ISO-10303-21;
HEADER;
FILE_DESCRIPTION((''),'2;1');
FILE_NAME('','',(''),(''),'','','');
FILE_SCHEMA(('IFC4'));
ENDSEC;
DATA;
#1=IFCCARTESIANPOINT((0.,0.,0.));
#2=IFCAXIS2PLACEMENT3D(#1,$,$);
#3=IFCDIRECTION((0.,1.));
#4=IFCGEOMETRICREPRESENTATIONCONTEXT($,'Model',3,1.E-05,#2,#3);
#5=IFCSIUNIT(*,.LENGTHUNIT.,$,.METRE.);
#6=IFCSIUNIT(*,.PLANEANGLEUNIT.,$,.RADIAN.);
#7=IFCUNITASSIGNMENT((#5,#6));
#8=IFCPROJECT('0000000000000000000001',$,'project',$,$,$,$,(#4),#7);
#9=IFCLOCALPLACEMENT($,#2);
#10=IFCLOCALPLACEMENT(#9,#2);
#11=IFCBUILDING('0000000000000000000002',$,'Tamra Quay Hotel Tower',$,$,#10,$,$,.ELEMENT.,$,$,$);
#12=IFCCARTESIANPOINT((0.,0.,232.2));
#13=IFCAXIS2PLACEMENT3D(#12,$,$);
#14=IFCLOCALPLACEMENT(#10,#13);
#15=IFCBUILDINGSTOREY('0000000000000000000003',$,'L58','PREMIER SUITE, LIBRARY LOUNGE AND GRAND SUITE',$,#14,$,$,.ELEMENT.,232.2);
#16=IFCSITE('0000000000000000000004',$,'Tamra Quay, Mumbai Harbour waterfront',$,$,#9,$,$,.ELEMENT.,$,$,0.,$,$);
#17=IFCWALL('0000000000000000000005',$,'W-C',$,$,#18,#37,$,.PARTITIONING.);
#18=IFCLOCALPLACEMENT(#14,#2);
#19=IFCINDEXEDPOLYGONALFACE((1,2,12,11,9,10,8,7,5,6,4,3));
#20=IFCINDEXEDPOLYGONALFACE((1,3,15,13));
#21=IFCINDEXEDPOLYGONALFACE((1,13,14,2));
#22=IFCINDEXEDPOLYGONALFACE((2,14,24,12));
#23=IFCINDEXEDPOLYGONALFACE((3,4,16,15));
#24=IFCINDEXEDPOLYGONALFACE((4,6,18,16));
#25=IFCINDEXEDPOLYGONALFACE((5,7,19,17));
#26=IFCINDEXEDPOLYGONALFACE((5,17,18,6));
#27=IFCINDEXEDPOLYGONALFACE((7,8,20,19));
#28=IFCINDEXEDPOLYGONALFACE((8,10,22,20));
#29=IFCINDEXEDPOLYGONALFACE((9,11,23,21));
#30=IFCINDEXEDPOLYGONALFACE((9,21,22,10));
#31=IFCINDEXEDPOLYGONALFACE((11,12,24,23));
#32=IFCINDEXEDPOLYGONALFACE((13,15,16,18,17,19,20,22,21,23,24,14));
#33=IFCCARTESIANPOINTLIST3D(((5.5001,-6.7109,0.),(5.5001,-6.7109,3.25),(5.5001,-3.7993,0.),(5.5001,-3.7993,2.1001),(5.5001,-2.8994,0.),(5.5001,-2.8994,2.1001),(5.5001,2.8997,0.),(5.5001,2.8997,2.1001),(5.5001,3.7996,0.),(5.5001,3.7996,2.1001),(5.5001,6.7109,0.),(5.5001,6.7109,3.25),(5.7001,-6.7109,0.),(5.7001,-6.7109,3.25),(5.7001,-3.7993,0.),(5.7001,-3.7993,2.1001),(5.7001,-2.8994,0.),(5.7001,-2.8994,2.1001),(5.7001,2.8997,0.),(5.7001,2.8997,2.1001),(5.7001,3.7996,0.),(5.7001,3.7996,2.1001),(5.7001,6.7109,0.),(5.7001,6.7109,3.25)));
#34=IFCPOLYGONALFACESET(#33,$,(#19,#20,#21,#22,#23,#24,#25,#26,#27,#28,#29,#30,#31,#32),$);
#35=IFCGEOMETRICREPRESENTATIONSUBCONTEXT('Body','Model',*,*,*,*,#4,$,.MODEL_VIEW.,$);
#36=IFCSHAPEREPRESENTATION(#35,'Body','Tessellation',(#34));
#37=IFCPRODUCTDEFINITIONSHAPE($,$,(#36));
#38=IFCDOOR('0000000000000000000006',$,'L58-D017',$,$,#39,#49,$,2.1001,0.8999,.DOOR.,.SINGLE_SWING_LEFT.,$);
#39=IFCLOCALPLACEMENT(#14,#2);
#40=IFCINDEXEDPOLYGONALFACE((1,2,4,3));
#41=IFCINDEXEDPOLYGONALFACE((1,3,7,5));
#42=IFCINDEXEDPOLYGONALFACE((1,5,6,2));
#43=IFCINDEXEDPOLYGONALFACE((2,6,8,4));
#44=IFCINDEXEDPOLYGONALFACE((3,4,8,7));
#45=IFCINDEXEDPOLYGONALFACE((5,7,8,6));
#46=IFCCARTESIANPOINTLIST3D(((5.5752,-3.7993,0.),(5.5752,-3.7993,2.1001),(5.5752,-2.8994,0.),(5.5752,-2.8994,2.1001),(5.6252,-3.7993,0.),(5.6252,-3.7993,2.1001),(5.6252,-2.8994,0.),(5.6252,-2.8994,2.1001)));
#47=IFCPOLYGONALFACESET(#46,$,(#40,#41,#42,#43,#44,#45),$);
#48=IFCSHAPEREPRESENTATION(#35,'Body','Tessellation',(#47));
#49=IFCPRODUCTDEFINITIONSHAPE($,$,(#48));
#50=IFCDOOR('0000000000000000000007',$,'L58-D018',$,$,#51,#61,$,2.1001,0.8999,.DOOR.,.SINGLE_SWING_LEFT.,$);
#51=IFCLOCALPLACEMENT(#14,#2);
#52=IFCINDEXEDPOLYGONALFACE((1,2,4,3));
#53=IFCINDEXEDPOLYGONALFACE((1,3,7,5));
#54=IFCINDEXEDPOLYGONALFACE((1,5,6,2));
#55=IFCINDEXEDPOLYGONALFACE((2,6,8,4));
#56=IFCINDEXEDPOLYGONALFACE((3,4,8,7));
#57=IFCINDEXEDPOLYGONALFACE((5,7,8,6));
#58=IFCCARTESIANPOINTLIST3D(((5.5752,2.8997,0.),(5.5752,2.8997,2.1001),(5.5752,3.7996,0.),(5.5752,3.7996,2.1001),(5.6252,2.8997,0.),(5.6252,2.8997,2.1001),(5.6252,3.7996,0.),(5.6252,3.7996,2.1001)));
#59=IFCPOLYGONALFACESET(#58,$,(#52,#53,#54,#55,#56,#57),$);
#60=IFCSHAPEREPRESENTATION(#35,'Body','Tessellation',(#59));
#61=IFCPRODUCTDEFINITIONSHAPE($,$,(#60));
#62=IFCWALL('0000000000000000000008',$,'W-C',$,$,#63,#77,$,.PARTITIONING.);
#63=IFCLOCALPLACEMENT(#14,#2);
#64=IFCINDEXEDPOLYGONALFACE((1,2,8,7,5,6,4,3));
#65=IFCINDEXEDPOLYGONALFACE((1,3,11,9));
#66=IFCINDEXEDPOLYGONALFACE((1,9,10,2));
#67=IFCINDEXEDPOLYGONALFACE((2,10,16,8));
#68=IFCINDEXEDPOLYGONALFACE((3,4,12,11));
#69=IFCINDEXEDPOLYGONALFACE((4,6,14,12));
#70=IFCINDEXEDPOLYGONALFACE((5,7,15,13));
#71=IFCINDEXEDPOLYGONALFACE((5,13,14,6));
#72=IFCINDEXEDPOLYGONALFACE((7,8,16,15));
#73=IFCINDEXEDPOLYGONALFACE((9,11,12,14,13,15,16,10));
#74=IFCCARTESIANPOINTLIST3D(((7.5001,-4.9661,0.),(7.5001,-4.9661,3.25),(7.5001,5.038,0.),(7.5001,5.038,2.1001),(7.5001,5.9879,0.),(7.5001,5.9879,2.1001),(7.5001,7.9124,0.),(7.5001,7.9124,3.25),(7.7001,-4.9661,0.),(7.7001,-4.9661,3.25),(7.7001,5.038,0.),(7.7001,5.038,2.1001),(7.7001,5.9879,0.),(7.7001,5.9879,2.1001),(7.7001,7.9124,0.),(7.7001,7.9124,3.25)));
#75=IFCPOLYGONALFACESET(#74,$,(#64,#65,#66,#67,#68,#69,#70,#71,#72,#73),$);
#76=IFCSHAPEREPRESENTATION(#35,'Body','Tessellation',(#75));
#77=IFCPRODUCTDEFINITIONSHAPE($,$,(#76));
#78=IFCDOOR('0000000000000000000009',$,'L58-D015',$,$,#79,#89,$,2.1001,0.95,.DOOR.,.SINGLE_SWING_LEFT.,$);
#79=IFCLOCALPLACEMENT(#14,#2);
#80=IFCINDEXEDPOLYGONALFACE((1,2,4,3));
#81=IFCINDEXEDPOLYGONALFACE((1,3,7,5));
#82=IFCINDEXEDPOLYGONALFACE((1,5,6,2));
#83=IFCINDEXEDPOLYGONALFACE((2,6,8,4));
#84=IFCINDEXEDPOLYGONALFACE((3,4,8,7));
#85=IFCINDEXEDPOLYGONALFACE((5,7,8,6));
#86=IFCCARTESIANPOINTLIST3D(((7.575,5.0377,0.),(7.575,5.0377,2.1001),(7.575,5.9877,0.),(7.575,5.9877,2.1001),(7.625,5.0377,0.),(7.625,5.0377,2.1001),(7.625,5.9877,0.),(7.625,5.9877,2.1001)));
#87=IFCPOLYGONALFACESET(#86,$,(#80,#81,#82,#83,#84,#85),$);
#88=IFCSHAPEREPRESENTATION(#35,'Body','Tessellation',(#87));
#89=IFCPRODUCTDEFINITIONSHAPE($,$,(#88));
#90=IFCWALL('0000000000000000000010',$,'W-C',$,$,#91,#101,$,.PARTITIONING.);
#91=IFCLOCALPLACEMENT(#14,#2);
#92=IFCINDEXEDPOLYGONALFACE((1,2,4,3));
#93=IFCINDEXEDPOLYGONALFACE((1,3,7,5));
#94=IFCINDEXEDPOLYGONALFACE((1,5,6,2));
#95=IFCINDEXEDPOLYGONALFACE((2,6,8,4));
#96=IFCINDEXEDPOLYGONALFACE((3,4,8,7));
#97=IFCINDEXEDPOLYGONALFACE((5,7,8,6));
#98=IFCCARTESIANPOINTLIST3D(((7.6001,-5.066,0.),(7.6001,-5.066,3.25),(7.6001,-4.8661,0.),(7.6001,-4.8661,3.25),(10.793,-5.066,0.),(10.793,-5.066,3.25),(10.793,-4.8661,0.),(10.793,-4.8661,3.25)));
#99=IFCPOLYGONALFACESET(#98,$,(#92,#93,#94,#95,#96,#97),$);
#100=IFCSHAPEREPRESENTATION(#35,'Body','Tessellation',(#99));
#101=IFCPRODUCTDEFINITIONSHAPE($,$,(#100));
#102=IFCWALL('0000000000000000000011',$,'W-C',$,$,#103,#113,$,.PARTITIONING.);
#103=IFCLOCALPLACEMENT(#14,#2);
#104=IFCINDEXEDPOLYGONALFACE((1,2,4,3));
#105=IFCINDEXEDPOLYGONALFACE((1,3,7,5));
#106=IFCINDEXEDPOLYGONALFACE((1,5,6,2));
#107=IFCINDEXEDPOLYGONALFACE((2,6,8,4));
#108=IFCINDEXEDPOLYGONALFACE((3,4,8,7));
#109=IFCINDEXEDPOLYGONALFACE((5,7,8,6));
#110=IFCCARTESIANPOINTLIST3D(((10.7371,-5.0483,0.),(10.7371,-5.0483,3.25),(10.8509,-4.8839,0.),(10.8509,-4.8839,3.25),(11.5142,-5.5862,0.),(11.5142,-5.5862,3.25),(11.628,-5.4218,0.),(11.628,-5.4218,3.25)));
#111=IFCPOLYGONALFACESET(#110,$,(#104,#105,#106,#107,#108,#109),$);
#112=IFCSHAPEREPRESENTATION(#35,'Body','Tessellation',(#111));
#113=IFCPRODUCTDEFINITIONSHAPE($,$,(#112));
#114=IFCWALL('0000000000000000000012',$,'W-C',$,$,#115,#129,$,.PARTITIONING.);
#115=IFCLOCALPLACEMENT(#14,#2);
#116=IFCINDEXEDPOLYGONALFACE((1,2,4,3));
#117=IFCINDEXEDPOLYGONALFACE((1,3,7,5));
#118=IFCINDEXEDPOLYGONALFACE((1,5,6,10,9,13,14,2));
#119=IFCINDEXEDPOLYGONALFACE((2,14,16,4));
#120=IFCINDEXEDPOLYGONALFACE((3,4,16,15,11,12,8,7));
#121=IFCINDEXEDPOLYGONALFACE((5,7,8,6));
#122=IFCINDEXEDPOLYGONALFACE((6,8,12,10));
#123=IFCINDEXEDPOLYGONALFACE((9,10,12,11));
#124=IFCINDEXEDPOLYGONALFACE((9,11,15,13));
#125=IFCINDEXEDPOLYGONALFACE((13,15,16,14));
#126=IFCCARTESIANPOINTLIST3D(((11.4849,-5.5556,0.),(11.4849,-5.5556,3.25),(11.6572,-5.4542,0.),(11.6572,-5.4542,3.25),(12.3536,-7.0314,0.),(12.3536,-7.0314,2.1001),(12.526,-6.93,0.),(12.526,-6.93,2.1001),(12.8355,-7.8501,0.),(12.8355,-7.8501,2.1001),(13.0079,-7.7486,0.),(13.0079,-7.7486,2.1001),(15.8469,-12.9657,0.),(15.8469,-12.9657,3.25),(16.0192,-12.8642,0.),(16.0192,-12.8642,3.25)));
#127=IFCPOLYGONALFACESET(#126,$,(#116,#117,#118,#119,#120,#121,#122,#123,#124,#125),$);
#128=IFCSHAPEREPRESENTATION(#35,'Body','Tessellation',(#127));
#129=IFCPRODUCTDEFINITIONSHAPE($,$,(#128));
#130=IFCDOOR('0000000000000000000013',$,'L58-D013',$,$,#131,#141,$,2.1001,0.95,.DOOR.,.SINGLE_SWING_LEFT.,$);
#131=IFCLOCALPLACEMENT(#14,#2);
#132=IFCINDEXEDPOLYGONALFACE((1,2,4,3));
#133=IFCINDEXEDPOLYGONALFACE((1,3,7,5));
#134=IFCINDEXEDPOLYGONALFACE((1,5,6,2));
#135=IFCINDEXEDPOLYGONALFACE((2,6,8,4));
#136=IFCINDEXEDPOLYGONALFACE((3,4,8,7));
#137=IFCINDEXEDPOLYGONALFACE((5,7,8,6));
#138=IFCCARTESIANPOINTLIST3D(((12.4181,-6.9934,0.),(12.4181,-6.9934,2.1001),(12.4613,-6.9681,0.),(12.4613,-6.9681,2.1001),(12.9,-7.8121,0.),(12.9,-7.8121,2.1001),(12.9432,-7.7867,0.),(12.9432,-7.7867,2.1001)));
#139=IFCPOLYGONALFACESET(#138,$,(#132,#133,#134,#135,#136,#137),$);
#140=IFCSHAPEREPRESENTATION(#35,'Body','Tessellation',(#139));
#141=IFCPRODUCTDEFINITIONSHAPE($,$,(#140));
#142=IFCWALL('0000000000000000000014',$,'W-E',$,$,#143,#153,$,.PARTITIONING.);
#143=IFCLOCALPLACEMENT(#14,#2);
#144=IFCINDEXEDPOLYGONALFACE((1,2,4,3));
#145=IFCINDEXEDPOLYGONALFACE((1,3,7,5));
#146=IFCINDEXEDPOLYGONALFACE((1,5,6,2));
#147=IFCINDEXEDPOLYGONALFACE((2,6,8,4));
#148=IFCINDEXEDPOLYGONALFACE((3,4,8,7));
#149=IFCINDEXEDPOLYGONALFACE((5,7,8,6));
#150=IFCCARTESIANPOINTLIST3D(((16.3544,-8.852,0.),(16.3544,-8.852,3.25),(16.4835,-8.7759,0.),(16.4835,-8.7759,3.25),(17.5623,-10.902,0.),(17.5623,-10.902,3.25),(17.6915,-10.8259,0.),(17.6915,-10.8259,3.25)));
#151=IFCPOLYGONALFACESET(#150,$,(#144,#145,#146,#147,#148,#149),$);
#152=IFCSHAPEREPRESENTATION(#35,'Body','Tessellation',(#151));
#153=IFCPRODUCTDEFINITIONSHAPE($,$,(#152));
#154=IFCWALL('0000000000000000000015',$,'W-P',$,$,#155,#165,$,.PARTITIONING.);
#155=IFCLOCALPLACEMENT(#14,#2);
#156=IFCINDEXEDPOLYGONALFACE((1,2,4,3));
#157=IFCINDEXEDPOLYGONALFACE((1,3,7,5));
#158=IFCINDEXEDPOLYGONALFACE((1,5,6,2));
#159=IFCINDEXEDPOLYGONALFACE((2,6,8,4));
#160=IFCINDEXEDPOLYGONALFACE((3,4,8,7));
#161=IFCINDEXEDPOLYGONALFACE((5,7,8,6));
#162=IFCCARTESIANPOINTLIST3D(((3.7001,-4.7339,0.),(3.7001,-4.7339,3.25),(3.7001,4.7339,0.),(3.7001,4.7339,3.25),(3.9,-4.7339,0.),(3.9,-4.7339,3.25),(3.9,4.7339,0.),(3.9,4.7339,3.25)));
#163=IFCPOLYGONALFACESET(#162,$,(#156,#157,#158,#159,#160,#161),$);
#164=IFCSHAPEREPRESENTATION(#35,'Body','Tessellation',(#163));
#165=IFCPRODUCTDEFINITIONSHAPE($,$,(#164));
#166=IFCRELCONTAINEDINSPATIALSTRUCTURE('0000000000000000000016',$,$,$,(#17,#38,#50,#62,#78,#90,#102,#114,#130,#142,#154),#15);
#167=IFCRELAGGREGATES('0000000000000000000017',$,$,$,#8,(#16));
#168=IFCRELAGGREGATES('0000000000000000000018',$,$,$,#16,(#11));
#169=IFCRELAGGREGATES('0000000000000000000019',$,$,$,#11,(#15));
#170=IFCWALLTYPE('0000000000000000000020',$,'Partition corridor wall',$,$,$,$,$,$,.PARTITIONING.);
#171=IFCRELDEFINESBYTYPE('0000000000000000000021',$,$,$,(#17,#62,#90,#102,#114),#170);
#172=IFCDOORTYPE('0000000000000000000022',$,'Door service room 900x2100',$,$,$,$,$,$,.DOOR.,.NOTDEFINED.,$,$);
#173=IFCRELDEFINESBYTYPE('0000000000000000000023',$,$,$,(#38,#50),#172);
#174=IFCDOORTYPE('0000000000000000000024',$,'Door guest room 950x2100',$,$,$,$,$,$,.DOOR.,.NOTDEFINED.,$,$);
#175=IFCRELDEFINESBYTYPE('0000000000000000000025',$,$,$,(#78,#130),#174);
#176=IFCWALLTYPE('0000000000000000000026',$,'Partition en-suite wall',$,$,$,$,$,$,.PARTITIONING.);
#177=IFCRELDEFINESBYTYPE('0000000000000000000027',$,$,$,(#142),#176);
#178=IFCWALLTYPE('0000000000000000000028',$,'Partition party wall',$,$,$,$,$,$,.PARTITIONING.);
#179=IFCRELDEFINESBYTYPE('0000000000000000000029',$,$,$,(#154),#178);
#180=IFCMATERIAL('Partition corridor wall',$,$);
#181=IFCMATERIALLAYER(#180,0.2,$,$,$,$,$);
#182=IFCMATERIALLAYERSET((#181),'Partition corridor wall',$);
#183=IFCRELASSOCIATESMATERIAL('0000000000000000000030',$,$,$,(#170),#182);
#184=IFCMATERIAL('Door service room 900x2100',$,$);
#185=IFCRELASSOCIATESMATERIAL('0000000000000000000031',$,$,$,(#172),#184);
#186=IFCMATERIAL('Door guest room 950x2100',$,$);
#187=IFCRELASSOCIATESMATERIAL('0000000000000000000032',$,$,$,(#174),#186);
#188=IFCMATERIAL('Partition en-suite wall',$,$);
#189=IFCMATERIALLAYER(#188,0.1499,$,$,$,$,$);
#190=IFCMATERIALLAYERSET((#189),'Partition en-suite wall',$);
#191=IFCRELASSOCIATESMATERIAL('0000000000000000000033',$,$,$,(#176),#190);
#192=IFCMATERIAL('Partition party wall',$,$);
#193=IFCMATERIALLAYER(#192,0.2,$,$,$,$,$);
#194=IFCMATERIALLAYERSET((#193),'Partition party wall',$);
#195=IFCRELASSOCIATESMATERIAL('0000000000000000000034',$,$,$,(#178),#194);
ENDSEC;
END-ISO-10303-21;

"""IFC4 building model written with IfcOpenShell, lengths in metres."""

from ifc_helpers import new_model, si_unit, direction, frame, frame_2d, origin, place, context, subcontext, project, spatial, rectangle, extrude, material, layer, layer_set, type_object, element, fill, save


model = new_model("IFC4")

# Units and contexts
model_context = context("Model", 3, precision=1e-05, world=origin(), true_north=direction((0.0, 1.0)))
body_context = subcontext(model_context, "Body", "Model", "MODEL_VIEW")
ifc_project = project(units=[si_unit("LENGTHUNIT", "METRE"), si_unit("PLANEANGLEUNIT", "RADIAN")], contexts=[model_context])

# Site, building, storey
site_placement = place(None, origin())
site = spatial("IfcSite", under=ifc_project, at=site_placement, Name="Tamra Quay, Mumbai Harbour waterfront", CompositionType="ELEMENT", RefElevation=0.0)
building_placement = place(site_placement, origin())
building = spatial("IfcBuilding", under=site, at=building_placement, Name="Tamra Quay Hotel Tower", CompositionType="ELEMENT")
storey_placement = place(building_placement, frame((0.0, 0.0, 232.2)))
storey = spatial("IfcBuildingStorey", under=building, at=storey_placement, Name="L58", Description="PREMIER SUITE, LIBRARY LOUNGE AND GRAND SUITE", CompositionType="ELEMENT", Elevation=232.2)

# Shared definitions
ifc_material_1 = material(Name="Partition corridor wall")
ifc_layer_1 = layer(ifc_material_1, 0.2)
ifc_layer_set_1 = layer_set([ifc_layer_1], Name="Partition corridor wall")
wall_type_1 = type_object("IfcWallType", Name="Partition corridor wall", PredefinedType="PARTITIONING", material=ifc_layer_set_1)

# Wall, openings, doors
wall_1_placement = place(storey_placement, frame((5.6001, -6.7109, 0.0), z_axis=(0.0, 0.0, 1.0), x_axis=(0.0, 1.0, 0.0)))
wall_1 = element("IfcWall", 1, at=wall_1_placement, inside=storey, type_object=wall_type_1, Name="W-C", PredefinedType="PARTITIONING", context=body_context, shape_type="SweptSolid", body=[
    extrude(rectangle(XDim=13.4219, YDim=0.2, at=frame_2d((6.7109, 0.0))), origin(), (0.0, 0.0, 1.0), 3.25),
])
opening_1_placement = place(wall_1_placement, frame((2.9116, 0.0, 0.0)))
opening_1 = element("IfcOpeningElement", 2, at=opening_1_placement, cuts=wall_1, PredefinedType="OPENING", context=body_context, shape_type="SweptSolid", body=[
    extrude(rectangle(XDim=0.8999, YDim=2.1001, at=frame_2d((0.45, 1.05))), frame((0.0, 0.1099, 0.0), z_axis=(0.0, -1.0, 0.0), x_axis=(1.0, 0.0, 0.0)), (0.0, 0.0, 1.0), 0.22),
])
opening_2_placement = place(wall_1_placement, frame((9.6106, 0.0, 0.0)))
opening_2 = element("IfcOpeningElement", 3, at=opening_2_placement, cuts=wall_1, PredefinedType="OPENING", context=body_context, shape_type="SweptSolid", body=[
    extrude(rectangle(XDim=0.8999, YDim=2.1001, at=frame_2d((0.45, 1.05))), frame((0.0, 0.1099, 0.0), z_axis=(0.0, -1.0, 0.0), x_axis=(1.0, 0.0, 0.0)), (0.0, 0.0, 1.0), 0.22),
])
ifc_material_2 = material(Name="Door service room 900x2100")
door_type_1 = type_object("IfcDoorType", Name="Door service room 900x2100", OperationType="NOTDEFINED", PredefinedType="DOOR", material=ifc_material_2)
door_1_placement = place(opening_1_placement, origin())
door_1 = element("IfcDoor", 4, at=door_1_placement, inside=storey, type_object=door_type_1, Name="L58-D017", OperationType="SINGLE_SWING_LEFT", OverallHeight=2.1001, OverallWidth=0.8999, PredefinedType="DOOR", context=body_context, shape_type="SweptSolid", body=[
    extrude(rectangle(XDim=0.8999, YDim=2.1001, at=frame_2d((0.45, 1.05))), frame((0.0, 0.0249, 0.0), z_axis=(0.0, -1.0, 0.0), x_axis=(1.0, 0.0, 0.0)), (0.0, 0.0, 1.0), 0.05),
])
fill(opening_1, door_1)
door_2_placement = place(opening_2_placement, origin())
door_2 = element("IfcDoor", 5, at=door_2_placement, inside=storey, type_object=door_type_1, Name="L58-D018", OperationType="SINGLE_SWING_LEFT", OverallHeight=2.1001, OverallWidth=0.8999, PredefinedType="DOOR", context=body_context, shape_type="SweptSolid", body=[
    extrude(rectangle(XDim=0.8999, YDim=2.1001, at=frame_2d((0.45, 1.05))), frame((0.0, 0.0249, 0.0), z_axis=(0.0, -1.0, 0.0), x_axis=(1.0, 0.0, 0.0)), (0.0, 0.0, 1.0), 0.05),
])
fill(opening_2, door_2)

# Wall, opening, door
wall_2_placement = place(storey_placement, frame((7.6001, -4.9661, 0.0), z_axis=(0.0, 0.0, 1.0), x_axis=(0.0, 1.0, 0.0)))
wall_2 = element("IfcWall", 6, at=wall_2_placement, inside=storey, type_object=wall_type_1, Name="W-C", PredefinedType="PARTITIONING", context=body_context, shape_type="SweptSolid", body=[
    extrude(rectangle(XDim=12.8784, YDim=0.2, at=frame_2d((6.4392, 0.0))), origin(), (0.0, 0.0, 1.0), 3.25),
])
opening_3_placement = place(wall_2_placement, frame((10.0039, 0.0, 0.0)))
opening_3 = element("IfcOpeningElement", 7, at=opening_3_placement, cuts=wall_2, PredefinedType="OPENING", context=body_context, shape_type="SweptSolid", body=[
    extrude(rectangle(XDim=0.95, YDim=2.1001, at=frame_2d((0.4751, 1.05))), frame((0.0, 0.1099, 0.0), z_axis=(0.0, -1.0, 0.0), x_axis=(1.0, 0.0, 0.0)), (0.0, 0.0, 1.0), 0.22),
])
ifc_material_3 = material(Name="Door guest room 950x2100")
door_type_2 = type_object("IfcDoorType", Name="Door guest room 950x2100", OperationType="NOTDEFINED", PredefinedType="DOOR", material=ifc_material_3)
door_3_placement = place(opening_3_placement, frame((0.95, 0.0, 0.0), z_axis=(0.0, 0.0, 1.0), x_axis=(-1.0, 0.0, 0.0)))
door_3 = element("IfcDoor", 8, at=door_3_placement, inside=storey, type_object=door_type_2, Name="L58-D015", OperationType="SINGLE_SWING_LEFT", OverallHeight=2.1001, OverallWidth=0.95, PredefinedType="DOOR", context=body_context, shape_type="SweptSolid", body=[
    extrude(rectangle(XDim=0.95, YDim=2.1001, at=frame_2d((0.4751, 1.05))), frame((0.0, 0.0249, 0.0), z_axis=(0.0, -1.0, 0.0), x_axis=(1.0, 0.0, 0.0)), (0.0, 0.0, 1.0), 0.05),
])
fill(opening_3, door_3)

# Walls
wall_3_placement = place(storey_placement, frame((7.6001, -4.9661, 0.0), z_axis=(0.0, 0.0, 1.0), x_axis=(1.0, 0.0, 0.0)))
element("IfcWall", 9, at=wall_3_placement, inside=storey, type_object=wall_type_1, Name="W-C", PredefinedType="PARTITIONING", context=body_context, shape_type="SweptSolid", body=[
    extrude(rectangle(XDim=3.1929, YDim=0.2, at=frame_2d((1.5964, 0.0))), origin(), (0.0, 0.0, 1.0), 3.25),
])
wall_4_placement = place(storey_placement, frame((10.7939, -4.9661, 0.0), z_axis=(0.0, 0.0, 1.0), x_axis=(0.822267, -0.569103, 0.0)))
element("IfcWall", 10, at=wall_4_placement, inside=storey, type_object=wall_type_1, Name="W-C", PredefinedType="PARTITIONING", context=body_context, shape_type="SweptSolid", body=[
    extrude(rectangle(XDim=0.9451, YDim=0.2, at=frame_2d((0.4727, 0.0))), origin(), (0.0, 0.0, 1.0), 3.25),
])

# Wall, opening, door
wall_5_placement = place(storey_placement, frame((11.571, -5.5049, 0.0), z_axis=(0.0, 0.0, 1.0), x_axis=(0.507292, -0.861774, 0.0)))
wall_5 = element("IfcWall", 11, at=wall_5_placement, inside=storey, type_object=wall_type_1, Name="W-C", PredefinedType="PARTITIONING", context=body_context, shape_type="SweptSolid", body=[
    extrude(rectangle(XDim=8.5986, YDim=0.2, at=frame_2d((4.2993, 0.0))), origin(), (0.0, 0.0, 1.0), 3.25),
])
opening_4_placement = place(wall_5_placement, frame((1.7124, 0.0, 0.0)))
opening_4 = element("IfcOpeningElement", 12, at=opening_4_placement, cuts=wall_5, PredefinedType="OPENING", context=body_context, shape_type="SweptSolid", body=[
    extrude(rectangle(XDim=0.95, YDim=2.1001, at=frame_2d((0.4751, 1.05))), frame((0.0, 0.1099, 0.0), z_axis=(0.0, -1.0, 0.0), x_axis=(1.0, 0.0, 0.0)), (0.0, 0.0, 1.0), 0.22),
])
door_4_placement = place(opening_4_placement, origin())
door_4 = element("IfcDoor", 13, at=door_4_placement, inside=storey, type_object=door_type_2, Name="L58-D013", OperationType="SINGLE_SWING_LEFT", OverallHeight=2.1001, OverallWidth=0.95, PredefinedType="DOOR", context=body_context, shape_type="SweptSolid", body=[
    extrude(rectangle(XDim=0.95, YDim=2.1001, at=frame_2d((0.4751, 1.05))), frame((0.0, 0.0249, 0.0), z_axis=(0.0, -1.0, 0.0), x_axis=(1.0, 0.0, 0.0)), (0.0, 0.0, 1.0), 0.05),
])
fill(opening_4, door_4)

# Walls
ifc_material_4 = material(Name="Partition en-suite wall")
ifc_layer_2 = layer(ifc_material_4, 0.1499)
ifc_layer_set_2 = layer_set([ifc_layer_2], Name="Partition en-suite wall")
wall_type_2 = type_object("IfcWallType", Name="Partition en-suite wall", PredefinedType="PARTITIONING", material=ifc_layer_set_2)
wall_6_placement = place(storey_placement, frame((16.4189, -8.814, 0.0), z_axis=(0.0, 0.0, 1.0), x_axis=(0.507675, -0.861549, 0.0)))
element("IfcWall", 14, at=wall_6_placement, inside=storey, type_object=wall_type_2, Name="W-E", PredefinedType="PARTITIONING", context=body_context, shape_type="SweptSolid", body=[
    extrude(rectangle(XDim=2.3794, YDim=0.1499, at=frame_2d((1.1897, 0.0))), origin(), (0.0, 0.0, 1.0), 3.25),
])
ifc_material_5 = material(Name="Partition party wall")
ifc_layer_3 = layer(ifc_material_5, 0.2)
ifc_layer_set_3 = layer_set([ifc_layer_3], Name="Partition party wall")
wall_type_3 = type_object("IfcWallType", Name="Partition party wall", PredefinedType="PARTITIONING", material=ifc_layer_set_3)
wall_7_placement = place(storey_placement, frame((3.8, -4.7339, 0.0), z_axis=(0.0, 0.0, 1.0), x_axis=(0.0, 1.0, 0.0)))
element("IfcWall", 15, at=wall_7_placement, inside=storey, type_object=wall_type_3, Name="W-P", PredefinedType="PARTITIONING", context=body_context, shape_type="SweptSolid", body=[
    extrude(rectangle(XDim=9.4678, YDim=0.2, at=frame_2d((4.7339, 0.0))), origin(), (0.0, 0.0, 1.0), 3.25),
])

save(model, "model.ifc")
